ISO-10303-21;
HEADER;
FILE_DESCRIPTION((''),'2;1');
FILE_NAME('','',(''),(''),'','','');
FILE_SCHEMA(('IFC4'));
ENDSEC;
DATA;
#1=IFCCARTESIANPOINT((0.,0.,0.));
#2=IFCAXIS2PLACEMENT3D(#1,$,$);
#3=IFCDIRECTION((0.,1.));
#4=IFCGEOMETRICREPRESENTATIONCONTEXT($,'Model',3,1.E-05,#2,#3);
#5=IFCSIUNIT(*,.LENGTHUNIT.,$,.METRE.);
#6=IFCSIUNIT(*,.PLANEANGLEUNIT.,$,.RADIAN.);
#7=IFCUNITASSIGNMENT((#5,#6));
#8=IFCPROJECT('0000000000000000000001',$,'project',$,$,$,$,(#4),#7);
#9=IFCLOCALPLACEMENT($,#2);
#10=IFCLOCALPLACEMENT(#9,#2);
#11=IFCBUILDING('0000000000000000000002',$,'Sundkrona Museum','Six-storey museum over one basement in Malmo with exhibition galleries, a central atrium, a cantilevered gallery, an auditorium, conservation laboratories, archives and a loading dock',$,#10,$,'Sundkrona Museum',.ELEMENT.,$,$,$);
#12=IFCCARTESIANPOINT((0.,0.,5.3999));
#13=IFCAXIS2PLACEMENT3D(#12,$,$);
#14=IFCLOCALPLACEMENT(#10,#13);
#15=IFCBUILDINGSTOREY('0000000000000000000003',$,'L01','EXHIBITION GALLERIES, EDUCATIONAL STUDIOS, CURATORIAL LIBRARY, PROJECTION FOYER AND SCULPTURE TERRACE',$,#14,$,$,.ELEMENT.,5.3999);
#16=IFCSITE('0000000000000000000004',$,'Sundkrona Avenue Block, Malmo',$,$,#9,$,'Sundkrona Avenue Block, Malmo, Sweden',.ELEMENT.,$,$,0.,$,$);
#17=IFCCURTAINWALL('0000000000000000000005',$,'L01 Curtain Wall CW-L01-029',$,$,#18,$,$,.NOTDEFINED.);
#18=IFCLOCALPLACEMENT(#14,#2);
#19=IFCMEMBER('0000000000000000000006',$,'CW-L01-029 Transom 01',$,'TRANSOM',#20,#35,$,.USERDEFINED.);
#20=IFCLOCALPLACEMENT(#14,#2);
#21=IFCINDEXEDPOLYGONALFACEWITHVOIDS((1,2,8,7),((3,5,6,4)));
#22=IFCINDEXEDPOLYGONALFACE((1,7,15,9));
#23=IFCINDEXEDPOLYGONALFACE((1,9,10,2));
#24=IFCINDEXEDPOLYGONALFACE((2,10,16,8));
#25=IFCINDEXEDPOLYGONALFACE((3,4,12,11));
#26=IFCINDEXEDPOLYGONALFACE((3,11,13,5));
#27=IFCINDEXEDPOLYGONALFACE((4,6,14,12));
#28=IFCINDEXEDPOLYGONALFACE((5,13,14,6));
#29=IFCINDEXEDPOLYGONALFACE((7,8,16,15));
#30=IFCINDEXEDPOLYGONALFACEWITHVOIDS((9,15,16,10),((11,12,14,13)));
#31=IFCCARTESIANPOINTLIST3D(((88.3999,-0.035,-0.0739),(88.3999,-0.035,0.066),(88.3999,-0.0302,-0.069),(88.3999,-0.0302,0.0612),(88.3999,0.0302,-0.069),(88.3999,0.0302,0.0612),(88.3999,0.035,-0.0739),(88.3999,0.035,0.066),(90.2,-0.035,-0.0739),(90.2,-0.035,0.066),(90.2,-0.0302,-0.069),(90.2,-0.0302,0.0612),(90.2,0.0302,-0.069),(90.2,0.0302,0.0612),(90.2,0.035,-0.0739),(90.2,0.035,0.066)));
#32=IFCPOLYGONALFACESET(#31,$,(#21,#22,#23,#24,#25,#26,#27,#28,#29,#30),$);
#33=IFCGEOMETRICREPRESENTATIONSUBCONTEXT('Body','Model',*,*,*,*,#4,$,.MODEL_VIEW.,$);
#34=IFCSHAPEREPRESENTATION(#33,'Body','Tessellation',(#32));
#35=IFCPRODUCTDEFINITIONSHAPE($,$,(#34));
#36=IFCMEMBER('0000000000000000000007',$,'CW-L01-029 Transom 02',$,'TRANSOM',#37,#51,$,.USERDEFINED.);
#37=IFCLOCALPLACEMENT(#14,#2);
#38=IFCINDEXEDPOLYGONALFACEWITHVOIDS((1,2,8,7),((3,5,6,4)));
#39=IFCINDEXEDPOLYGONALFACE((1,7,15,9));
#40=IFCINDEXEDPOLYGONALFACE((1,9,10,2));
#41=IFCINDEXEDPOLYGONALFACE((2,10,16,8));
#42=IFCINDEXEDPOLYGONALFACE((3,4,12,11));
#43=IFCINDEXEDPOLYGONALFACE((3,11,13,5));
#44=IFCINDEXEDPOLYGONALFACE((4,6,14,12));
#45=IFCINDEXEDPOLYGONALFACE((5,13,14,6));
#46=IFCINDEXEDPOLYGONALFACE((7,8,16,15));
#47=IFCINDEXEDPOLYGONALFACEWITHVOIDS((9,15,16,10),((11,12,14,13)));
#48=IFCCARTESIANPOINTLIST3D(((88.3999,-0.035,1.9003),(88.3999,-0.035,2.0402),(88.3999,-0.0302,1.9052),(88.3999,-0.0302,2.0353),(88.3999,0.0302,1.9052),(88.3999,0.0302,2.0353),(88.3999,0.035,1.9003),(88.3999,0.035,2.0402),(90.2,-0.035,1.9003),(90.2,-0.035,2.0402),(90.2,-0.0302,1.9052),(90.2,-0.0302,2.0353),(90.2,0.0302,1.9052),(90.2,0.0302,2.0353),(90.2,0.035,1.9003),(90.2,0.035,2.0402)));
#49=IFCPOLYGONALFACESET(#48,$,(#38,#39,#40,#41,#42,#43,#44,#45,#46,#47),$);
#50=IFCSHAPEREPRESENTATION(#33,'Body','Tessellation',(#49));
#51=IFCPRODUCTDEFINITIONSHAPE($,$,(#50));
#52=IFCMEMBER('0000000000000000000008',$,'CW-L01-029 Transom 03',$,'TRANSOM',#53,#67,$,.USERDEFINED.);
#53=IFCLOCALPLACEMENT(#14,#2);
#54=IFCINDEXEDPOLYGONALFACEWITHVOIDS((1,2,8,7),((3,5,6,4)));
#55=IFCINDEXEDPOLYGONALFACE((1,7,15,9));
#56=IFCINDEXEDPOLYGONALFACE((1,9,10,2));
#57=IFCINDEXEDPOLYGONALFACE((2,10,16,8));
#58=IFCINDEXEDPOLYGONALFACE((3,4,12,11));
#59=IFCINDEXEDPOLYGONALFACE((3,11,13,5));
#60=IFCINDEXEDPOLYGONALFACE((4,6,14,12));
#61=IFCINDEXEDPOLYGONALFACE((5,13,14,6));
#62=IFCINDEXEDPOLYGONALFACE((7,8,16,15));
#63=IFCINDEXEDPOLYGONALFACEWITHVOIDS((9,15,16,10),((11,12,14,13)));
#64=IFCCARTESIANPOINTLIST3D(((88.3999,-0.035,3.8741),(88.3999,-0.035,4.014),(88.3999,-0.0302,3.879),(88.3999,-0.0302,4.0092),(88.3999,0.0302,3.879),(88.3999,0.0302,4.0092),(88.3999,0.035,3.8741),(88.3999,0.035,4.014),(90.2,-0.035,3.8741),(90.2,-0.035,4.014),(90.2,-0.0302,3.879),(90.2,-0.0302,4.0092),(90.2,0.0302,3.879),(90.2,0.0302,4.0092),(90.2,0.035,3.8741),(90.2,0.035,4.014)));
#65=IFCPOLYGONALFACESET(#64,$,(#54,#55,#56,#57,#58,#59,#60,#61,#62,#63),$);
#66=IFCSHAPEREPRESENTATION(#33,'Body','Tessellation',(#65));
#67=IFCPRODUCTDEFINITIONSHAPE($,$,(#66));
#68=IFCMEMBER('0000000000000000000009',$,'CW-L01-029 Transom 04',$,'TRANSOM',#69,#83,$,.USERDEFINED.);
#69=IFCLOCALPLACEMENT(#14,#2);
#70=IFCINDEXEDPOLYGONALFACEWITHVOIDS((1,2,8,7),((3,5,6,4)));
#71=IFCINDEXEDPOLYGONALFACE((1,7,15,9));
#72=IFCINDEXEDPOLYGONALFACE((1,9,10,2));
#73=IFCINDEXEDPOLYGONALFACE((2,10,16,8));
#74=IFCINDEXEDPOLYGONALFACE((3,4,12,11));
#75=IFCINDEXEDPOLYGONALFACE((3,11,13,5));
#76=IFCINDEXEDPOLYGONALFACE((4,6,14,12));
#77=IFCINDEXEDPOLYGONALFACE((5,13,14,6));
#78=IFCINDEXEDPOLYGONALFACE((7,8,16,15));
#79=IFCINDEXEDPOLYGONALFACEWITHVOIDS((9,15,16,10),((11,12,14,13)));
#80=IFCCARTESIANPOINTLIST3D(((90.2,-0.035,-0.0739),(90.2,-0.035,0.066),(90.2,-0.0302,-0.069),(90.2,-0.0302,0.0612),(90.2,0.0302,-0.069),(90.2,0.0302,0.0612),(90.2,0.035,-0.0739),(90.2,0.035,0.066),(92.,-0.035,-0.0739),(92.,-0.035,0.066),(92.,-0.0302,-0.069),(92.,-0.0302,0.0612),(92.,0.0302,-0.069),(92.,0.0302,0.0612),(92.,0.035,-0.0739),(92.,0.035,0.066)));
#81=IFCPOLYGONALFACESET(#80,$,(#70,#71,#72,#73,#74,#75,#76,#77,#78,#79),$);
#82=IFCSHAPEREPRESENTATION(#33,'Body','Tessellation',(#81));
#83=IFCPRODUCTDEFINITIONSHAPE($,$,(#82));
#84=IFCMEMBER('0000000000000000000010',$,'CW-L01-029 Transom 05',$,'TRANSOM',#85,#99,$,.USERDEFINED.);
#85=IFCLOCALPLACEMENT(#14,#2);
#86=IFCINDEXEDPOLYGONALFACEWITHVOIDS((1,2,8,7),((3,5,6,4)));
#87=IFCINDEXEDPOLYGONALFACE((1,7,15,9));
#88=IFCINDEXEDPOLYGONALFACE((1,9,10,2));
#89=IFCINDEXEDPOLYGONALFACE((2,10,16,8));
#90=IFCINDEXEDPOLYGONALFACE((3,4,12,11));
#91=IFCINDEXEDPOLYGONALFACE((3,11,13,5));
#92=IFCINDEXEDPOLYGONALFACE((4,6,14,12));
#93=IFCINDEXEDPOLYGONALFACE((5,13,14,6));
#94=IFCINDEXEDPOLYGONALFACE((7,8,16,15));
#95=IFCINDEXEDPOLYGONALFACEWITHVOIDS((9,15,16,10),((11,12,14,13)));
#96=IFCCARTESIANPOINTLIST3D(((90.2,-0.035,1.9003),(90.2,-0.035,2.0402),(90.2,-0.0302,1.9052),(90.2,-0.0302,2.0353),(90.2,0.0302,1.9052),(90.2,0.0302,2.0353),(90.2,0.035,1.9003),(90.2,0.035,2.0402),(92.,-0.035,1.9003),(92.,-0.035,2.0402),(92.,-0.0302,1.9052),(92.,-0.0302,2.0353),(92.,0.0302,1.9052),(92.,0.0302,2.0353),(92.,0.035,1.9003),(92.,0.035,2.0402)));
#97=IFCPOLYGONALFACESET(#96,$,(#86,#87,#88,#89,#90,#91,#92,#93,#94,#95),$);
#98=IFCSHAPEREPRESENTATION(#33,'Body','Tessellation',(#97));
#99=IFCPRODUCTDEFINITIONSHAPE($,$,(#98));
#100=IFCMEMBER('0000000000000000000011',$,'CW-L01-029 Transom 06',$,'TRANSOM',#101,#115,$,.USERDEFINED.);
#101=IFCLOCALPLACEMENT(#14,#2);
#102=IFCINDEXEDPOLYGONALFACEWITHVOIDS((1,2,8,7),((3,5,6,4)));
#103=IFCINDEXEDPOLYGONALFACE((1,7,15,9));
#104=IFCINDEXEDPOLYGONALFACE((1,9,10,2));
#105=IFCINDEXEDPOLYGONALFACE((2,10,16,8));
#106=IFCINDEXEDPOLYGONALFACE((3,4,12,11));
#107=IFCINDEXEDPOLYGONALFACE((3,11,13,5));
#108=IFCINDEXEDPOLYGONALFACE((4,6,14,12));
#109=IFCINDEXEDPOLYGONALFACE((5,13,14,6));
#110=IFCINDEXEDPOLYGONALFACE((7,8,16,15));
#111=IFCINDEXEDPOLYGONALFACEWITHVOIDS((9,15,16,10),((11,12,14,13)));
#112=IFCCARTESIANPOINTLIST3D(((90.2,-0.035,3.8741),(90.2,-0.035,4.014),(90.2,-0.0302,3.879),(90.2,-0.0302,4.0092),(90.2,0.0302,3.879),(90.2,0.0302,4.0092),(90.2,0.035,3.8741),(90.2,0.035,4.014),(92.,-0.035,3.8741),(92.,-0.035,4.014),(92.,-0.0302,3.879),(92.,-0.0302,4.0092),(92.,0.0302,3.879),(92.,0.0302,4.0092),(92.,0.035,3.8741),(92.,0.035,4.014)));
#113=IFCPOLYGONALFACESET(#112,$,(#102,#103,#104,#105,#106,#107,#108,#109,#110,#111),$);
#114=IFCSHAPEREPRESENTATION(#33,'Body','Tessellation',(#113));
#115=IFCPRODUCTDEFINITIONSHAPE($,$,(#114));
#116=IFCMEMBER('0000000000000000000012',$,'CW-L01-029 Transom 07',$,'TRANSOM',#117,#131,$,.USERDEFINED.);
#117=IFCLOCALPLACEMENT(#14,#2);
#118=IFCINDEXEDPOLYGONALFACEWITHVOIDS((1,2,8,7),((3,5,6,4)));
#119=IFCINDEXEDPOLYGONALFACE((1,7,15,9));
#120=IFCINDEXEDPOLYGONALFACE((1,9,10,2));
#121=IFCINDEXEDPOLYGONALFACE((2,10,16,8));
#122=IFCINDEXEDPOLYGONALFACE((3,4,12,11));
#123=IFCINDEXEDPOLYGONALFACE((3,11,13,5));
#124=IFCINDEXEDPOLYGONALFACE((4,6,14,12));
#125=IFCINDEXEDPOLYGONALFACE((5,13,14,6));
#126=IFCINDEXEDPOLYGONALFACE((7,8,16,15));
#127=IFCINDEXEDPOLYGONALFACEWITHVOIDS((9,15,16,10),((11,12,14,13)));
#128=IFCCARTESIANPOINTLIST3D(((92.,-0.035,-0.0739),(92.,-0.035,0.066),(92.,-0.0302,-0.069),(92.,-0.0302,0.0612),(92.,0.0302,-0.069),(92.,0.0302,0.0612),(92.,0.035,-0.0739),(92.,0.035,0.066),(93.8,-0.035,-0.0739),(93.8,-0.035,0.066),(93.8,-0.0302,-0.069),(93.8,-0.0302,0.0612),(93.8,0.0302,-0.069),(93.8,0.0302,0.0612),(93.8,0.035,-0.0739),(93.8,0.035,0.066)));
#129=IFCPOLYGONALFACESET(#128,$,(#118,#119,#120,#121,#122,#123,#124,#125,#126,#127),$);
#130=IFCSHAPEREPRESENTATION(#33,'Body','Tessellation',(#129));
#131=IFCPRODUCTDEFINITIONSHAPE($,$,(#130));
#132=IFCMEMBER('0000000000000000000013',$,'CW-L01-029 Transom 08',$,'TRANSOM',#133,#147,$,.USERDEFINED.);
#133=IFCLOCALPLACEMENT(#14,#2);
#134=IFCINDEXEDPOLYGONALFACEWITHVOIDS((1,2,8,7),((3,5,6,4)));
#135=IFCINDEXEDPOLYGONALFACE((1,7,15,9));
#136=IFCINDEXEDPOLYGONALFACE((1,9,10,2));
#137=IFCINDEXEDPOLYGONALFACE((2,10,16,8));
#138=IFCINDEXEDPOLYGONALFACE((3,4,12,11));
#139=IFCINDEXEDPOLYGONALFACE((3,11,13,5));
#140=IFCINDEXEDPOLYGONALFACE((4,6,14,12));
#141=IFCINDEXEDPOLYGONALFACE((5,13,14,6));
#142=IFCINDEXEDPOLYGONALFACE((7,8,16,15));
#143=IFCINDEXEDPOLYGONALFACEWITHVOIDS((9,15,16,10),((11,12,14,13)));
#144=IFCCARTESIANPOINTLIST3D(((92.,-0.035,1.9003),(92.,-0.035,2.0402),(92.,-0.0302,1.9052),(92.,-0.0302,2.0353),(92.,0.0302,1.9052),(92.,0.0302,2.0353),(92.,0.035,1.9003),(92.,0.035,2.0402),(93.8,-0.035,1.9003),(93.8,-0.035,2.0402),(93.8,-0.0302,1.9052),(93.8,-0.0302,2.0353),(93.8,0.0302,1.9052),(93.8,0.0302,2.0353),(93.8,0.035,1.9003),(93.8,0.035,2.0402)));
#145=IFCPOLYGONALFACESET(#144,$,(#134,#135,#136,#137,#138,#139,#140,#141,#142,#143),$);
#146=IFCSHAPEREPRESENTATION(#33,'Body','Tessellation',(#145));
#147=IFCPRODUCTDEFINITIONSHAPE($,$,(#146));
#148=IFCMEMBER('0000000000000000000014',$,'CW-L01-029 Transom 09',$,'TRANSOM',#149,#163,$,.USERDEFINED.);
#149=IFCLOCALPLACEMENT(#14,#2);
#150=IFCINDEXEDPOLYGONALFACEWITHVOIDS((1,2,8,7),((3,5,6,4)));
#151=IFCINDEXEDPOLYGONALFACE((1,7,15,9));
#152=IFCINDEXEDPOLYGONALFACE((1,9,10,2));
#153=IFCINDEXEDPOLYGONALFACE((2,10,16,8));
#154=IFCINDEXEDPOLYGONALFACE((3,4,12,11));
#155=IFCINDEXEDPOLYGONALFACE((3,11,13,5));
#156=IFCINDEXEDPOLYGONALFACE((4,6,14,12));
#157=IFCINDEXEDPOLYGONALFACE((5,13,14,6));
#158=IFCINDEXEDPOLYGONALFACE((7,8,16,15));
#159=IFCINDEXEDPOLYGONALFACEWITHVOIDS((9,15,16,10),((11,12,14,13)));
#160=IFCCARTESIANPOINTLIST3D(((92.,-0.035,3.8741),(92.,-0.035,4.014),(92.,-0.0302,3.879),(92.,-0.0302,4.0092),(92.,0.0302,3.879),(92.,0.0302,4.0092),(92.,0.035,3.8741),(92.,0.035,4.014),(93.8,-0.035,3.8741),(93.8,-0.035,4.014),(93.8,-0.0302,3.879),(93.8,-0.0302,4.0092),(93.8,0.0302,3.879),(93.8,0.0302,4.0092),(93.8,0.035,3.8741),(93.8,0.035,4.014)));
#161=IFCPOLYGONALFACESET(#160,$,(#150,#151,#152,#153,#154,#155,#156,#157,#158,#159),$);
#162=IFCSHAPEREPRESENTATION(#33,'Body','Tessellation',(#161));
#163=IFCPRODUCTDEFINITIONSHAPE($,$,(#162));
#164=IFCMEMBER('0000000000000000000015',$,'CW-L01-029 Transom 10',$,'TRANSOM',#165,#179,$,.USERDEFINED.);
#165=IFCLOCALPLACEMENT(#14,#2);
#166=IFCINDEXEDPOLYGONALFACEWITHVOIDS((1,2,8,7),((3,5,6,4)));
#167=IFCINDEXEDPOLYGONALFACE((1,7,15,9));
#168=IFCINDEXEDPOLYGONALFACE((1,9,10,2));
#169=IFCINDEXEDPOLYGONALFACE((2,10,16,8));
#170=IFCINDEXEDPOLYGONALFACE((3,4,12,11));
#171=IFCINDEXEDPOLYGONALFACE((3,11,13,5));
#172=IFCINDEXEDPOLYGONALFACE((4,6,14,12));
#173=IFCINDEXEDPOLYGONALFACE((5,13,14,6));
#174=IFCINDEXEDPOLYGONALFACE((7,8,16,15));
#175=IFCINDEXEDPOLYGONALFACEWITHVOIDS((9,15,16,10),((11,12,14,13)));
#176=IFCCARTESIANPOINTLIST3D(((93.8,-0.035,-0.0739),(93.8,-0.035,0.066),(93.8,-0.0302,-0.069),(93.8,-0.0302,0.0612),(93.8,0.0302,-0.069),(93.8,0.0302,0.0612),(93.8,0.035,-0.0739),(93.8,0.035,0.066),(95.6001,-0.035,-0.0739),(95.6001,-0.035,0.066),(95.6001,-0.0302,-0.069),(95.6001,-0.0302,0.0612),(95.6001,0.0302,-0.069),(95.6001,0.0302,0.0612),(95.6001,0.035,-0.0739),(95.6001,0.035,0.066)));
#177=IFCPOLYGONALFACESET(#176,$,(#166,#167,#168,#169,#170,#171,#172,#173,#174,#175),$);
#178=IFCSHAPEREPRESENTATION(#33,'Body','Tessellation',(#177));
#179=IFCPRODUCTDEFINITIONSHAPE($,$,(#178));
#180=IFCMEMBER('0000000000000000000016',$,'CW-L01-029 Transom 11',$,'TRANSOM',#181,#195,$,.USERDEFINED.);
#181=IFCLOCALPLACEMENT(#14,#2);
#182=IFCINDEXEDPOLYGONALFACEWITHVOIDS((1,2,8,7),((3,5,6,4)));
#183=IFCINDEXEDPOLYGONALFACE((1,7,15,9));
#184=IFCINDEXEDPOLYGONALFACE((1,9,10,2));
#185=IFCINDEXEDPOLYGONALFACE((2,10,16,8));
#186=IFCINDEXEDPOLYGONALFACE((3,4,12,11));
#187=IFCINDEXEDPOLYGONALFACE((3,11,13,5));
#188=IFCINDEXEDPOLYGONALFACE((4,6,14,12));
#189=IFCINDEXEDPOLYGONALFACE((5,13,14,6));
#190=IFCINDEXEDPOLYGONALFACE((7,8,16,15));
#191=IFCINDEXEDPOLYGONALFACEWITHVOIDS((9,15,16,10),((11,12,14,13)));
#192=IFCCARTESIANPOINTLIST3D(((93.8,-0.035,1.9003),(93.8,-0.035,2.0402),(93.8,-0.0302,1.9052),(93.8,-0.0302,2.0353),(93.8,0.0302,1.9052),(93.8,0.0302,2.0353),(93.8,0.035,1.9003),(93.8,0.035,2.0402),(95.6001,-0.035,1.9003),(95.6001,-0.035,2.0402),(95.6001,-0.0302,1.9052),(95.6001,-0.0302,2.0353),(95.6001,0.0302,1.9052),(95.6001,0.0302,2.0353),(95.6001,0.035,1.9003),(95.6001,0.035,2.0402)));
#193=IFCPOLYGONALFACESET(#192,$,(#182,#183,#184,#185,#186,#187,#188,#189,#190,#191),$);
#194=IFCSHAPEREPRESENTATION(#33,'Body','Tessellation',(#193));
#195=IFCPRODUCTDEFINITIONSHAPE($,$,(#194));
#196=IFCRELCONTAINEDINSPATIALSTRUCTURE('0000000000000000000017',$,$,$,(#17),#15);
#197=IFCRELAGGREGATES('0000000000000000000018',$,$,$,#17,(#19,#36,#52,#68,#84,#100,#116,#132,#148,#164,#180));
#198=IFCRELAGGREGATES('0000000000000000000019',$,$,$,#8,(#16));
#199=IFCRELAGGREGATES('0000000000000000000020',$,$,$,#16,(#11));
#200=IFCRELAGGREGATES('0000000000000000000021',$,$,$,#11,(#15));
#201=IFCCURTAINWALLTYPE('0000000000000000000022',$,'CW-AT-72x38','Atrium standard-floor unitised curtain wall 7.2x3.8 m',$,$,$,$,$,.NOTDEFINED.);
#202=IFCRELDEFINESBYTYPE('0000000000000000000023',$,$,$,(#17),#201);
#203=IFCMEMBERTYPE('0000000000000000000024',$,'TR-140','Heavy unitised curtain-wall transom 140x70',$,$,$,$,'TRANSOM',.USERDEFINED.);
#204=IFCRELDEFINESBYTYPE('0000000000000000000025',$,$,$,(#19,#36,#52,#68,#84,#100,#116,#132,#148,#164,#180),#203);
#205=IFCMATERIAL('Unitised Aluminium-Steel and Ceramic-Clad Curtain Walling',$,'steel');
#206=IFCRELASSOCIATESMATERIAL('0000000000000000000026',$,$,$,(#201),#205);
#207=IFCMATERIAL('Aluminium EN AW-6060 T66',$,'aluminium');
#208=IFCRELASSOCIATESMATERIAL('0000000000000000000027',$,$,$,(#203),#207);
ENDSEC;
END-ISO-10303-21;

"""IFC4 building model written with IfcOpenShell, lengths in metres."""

from ifc_helpers import new_model, si_unit, direction, frame, origin, origin_2d, place, context, subcontext, project, spatial, hollow_rectangle, extrude, material, material_profile, profile_set, type_object, element, aggregate, save


model = new_model("IFC4")

# Units and contexts
model_context = context("Model", 3, precision=1e-05, world=origin(), true_north=direction((0.0, 1.0)))
body_context = subcontext(model_context, "Body", "Model", "MODEL_VIEW")
ifc_project = project(units=[si_unit("LENGTHUNIT", "METRE"), si_unit("PLANEANGLEUNIT", "RADIAN")], contexts=[model_context])

# Site, building, storey
site_placement = place(None, origin())
site = spatial("IfcSite", under=ifc_project, at=site_placement, Name="Sundkrona Avenue Block, Malmo", LongName="Sundkrona Avenue Block, Malmo, Sweden", CompositionType="ELEMENT", RefElevation=0.0)
building_placement = place(site_placement, origin())
building = spatial("IfcBuilding", under=site, at=building_placement, Name="Sundkrona Museum", Description="Six-storey museum over one basement in Malmo with exhibition galleries, a central atrium, a cantilevered gallery, an auditorium, conservation laboratories, archives and a loading dock", LongName="Sundkrona Museum", CompositionType="ELEMENT")
storey_placement = place(building_placement, frame((0.0, 0.0, 5.3999)))
storey = spatial("IfcBuildingStorey", under=building, at=storey_placement, Name="L01", Description="EXHIBITION GALLERIES, EDUCATIONAL STUDIOS, CURATORIAL LIBRARY, PROJECTION FOYER AND SCULPTURE TERRACE", CompositionType="ELEMENT", Elevation=5.3999)

# Curtain wall
ifc_material_1 = material(Name="Unitised Aluminium-Steel and Ceramic-Clad Curtain Walling", Category="steel")
ifc_material_2 = material(Name="Aluminium EN AW-6060 T66", Category="aluminium")
curtain_wall_type_1 = type_object("IfcCurtainWallType", Name="CW-AT-72x38", Description="Atrium standard-floor unitised curtain wall 7.2x3.8 m", PredefinedType="NOTDEFINED", material=ifc_material_1)
curtain_wall_1_placement = place(storey_placement, origin())
curtain_wall_1 = element("IfcCurtainWall", 1, at=curtain_wall_1_placement, inside=storey, type_object=curtain_wall_type_1, Name="L01 Curtain Wall CW-L01-029", PredefinedType="NOTDEFINED")

# Members
ifc_material_profile_1 = material_profile(ifc_material_2, hollow_rectangle(XDim=0.0701, YDim=0.1399, WallThickness=0.0049, at=origin_2d()), Name="RHS 140x70x5.0")
ifc_profile_set_1 = profile_set([ifc_material_profile_1], Name="Aluminium EN AW-6060 T66")
member_type_1 = type_object("IfcMemberType", Name="TR-140", Description="Heavy unitised curtain-wall transom 140x70", ElementType="TRANSOM", PredefinedType="USERDEFINED", material=ifc_profile_set_1)
member_1_placement = place(storey_placement, frame((88.3999, 0.0, -0.0039), z_axis=(1.0, 0.0, 0.0), x_axis=(0.0, 1.0, 0.0)))
member_1 = element("IfcMember", 2, at=member_1_placement, type_object=member_type_1, Name="CW-L01-029 Transom 01", ObjectType="TRANSOM", PredefinedType="USERDEFINED", context=body_context, shape_type="SweptSolid", body=[
    extrude(hollow_rectangle(XDim=0.0701, YDim=0.1399, WallThickness=0.0049, at=origin_2d()), origin(), (0.0, 0.0, 1.0), 1.8),
])
member_2_placement = place(storey_placement, frame((88.3999, 0.0, 1.9702), z_axis=(1.0, 0.0, 0.0), x_axis=(0.0, 1.0, 0.0)))
member_2 = element("IfcMember", 3, at=member_2_placement, type_object=member_type_1, Name="CW-L01-029 Transom 02", ObjectType="TRANSOM", PredefinedType="USERDEFINED", context=body_context, shape_type="SweptSolid", body=[
    extrude(hollow_rectangle(XDim=0.0701, YDim=0.1399, WallThickness=0.0049, at=origin_2d()), origin(), (0.0, 0.0, 1.0), 1.8),
])
member_3_placement = place(storey_placement, frame((88.3999, 0.0, 3.9441), z_axis=(1.0, 0.0, 0.0), x_axis=(0.0, 1.0, 0.0)))
member_3 = element("IfcMember", 4, at=member_3_placement, type_object=member_type_1, Name="CW-L01-029 Transom 03", ObjectType="TRANSOM", PredefinedType="USERDEFINED", context=body_context, shape_type="SweptSolid", body=[
    extrude(hollow_rectangle(XDim=0.0701, YDim=0.1399, WallThickness=0.0049, at=origin_2d()), origin(), (0.0, 0.0, 1.0), 1.8),
])
member_4_placement = place(storey_placement, frame((90.2, 0.0, -0.0039), z_axis=(1.0, 0.0, 0.0), x_axis=(0.0, 1.0, 0.0)))
member_4 = element("IfcMember", 5, at=member_4_placement, type_object=member_type_1, Name="CW-L01-029 Transom 04", ObjectType="TRANSOM", PredefinedType="USERDEFINED", context=body_context, shape_type="SweptSolid", body=[
    extrude(hollow_rectangle(XDim=0.0701, YDim=0.1399, WallThickness=0.0049, at=origin_2d()), origin(), (0.0, 0.0, 1.0), 1.8),
])
member_5_placement = place(storey_placement, frame((90.2, 0.0, 1.9702), z_axis=(1.0, 0.0, 0.0), x_axis=(0.0, 1.0, 0.0)))
member_5 = element("IfcMember", 6, at=member_5_placement, type_object=member_type_1, Name="CW-L01-029 Transom 05", ObjectType="TRANSOM", PredefinedType="USERDEFINED", context=body_context, shape_type="SweptSolid", body=[
    extrude(hollow_rectangle(XDim=0.0701, YDim=0.1399, WallThickness=0.0049, at=origin_2d()), origin(), (0.0, 0.0, 1.0), 1.8),
])
member_6_placement = place(storey_placement, frame((90.2, 0.0, 3.9441), z_axis=(1.0, 0.0, 0.0), x_axis=(0.0, 1.0, 0.0)))
member_6 = element("IfcMember", 7, at=member_6_placement, type_object=member_type_1, Name="CW-L01-029 Transom 06", ObjectType="TRANSOM", PredefinedType="USERDEFINED", context=body_context, shape_type="SweptSolid", body=[
    extrude(hollow_rectangle(XDim=0.0701, YDim=0.1399, WallThickness=0.0049, at=origin_2d()), origin(), (0.0, 0.0, 1.0), 1.8),
])
member_7_placement = place(storey_placement, frame((92.0, 0.0, -0.0039), z_axis=(1.0, 0.0, 0.0), x_axis=(0.0, 1.0, 0.0)))
member_7 = element("IfcMember", 8, at=member_7_placement, type_object=member_type_1, Name="CW-L01-029 Transom 07", ObjectType="TRANSOM", PredefinedType="USERDEFINED", context=body_context, shape_type="SweptSolid", body=[
    extrude(hollow_rectangle(XDim=0.0701, YDim=0.1399, WallThickness=0.0049, at=origin_2d()), origin(), (0.0, 0.0, 1.0), 1.8),
])
member_8_placement = place(storey_placement, frame((92.0, 0.0, 1.9702), z_axis=(1.0, 0.0, 0.0), x_axis=(0.0, 1.0, 0.0)))
member_8 = element("IfcMember", 9, at=member_8_placement, type_object=member_type_1, Name="CW-L01-029 Transom 08", ObjectType="TRANSOM", PredefinedType="USERDEFINED", context=body_context, shape_type="SweptSolid", body=[
    extrude(hollow_rectangle(XDim=0.0701, YDim=0.1399, WallThickness=0.0049, at=origin_2d()), origin(), (0.0, 0.0, 1.0), 1.8),
])
member_9_placement = place(storey_placement, frame((92.0, 0.0, 3.9441), z_axis=(1.0, 0.0, 0.0), x_axis=(0.0, 1.0, 0.0)))
member_9 = element("IfcMember", 10, at=member_9_placement, type_object=member_type_1, Name="CW-L01-029 Transom 09", ObjectType="TRANSOM", PredefinedType="USERDEFINED", context=body_context, shape_type="SweptSolid", body=[
    extrude(hollow_rectangle(XDim=0.0701, YDim=0.1399, WallThickness=0.0049, at=origin_2d()), origin(), (0.0, 0.0, 1.0), 1.8),
])
member_10_placement = place(storey_placement, frame((93.8, 0.0, -0.0039), z_axis=(1.0, 0.0, 0.0), x_axis=(0.0, 1.0, 0.0)))
member_10 = element("IfcMember", 11, at=member_10_placement, type_object=member_type_1, Name="CW-L01-029 Transom 10", ObjectType="TRANSOM", PredefinedType="USERDEFINED", context=body_context, shape_type="SweptSolid", body=[
    extrude(hollow_rectangle(XDim=0.0701, YDim=0.1399, WallThickness=0.0049, at=origin_2d()), origin(), (0.0, 0.0, 1.0), 1.8),
])
member_11_placement = place(storey_placement, frame((93.8, 0.0, 1.9702), z_axis=(1.0, 0.0, 0.0), x_axis=(0.0, 1.0, 0.0)))
member_11 = element("IfcMember", 12, at=member_11_placement, type_object=member_type_1, Name="CW-L01-029 Transom 11", ObjectType="TRANSOM", PredefinedType="USERDEFINED", context=body_context, shape_type="SweptSolid", body=[
    extrude(hollow_rectangle(XDim=0.0701, YDim=0.1399, WallThickness=0.0049, at=origin_2d()), origin(), (0.0, 0.0, 1.0), 1.8),
])

aggregate(curtain_wall_1, [member_1, member_2, member_3, member_4, member_5, member_6, member_7, member_8, member_9, member_10, member_11])

save(model, "model.ifc")
